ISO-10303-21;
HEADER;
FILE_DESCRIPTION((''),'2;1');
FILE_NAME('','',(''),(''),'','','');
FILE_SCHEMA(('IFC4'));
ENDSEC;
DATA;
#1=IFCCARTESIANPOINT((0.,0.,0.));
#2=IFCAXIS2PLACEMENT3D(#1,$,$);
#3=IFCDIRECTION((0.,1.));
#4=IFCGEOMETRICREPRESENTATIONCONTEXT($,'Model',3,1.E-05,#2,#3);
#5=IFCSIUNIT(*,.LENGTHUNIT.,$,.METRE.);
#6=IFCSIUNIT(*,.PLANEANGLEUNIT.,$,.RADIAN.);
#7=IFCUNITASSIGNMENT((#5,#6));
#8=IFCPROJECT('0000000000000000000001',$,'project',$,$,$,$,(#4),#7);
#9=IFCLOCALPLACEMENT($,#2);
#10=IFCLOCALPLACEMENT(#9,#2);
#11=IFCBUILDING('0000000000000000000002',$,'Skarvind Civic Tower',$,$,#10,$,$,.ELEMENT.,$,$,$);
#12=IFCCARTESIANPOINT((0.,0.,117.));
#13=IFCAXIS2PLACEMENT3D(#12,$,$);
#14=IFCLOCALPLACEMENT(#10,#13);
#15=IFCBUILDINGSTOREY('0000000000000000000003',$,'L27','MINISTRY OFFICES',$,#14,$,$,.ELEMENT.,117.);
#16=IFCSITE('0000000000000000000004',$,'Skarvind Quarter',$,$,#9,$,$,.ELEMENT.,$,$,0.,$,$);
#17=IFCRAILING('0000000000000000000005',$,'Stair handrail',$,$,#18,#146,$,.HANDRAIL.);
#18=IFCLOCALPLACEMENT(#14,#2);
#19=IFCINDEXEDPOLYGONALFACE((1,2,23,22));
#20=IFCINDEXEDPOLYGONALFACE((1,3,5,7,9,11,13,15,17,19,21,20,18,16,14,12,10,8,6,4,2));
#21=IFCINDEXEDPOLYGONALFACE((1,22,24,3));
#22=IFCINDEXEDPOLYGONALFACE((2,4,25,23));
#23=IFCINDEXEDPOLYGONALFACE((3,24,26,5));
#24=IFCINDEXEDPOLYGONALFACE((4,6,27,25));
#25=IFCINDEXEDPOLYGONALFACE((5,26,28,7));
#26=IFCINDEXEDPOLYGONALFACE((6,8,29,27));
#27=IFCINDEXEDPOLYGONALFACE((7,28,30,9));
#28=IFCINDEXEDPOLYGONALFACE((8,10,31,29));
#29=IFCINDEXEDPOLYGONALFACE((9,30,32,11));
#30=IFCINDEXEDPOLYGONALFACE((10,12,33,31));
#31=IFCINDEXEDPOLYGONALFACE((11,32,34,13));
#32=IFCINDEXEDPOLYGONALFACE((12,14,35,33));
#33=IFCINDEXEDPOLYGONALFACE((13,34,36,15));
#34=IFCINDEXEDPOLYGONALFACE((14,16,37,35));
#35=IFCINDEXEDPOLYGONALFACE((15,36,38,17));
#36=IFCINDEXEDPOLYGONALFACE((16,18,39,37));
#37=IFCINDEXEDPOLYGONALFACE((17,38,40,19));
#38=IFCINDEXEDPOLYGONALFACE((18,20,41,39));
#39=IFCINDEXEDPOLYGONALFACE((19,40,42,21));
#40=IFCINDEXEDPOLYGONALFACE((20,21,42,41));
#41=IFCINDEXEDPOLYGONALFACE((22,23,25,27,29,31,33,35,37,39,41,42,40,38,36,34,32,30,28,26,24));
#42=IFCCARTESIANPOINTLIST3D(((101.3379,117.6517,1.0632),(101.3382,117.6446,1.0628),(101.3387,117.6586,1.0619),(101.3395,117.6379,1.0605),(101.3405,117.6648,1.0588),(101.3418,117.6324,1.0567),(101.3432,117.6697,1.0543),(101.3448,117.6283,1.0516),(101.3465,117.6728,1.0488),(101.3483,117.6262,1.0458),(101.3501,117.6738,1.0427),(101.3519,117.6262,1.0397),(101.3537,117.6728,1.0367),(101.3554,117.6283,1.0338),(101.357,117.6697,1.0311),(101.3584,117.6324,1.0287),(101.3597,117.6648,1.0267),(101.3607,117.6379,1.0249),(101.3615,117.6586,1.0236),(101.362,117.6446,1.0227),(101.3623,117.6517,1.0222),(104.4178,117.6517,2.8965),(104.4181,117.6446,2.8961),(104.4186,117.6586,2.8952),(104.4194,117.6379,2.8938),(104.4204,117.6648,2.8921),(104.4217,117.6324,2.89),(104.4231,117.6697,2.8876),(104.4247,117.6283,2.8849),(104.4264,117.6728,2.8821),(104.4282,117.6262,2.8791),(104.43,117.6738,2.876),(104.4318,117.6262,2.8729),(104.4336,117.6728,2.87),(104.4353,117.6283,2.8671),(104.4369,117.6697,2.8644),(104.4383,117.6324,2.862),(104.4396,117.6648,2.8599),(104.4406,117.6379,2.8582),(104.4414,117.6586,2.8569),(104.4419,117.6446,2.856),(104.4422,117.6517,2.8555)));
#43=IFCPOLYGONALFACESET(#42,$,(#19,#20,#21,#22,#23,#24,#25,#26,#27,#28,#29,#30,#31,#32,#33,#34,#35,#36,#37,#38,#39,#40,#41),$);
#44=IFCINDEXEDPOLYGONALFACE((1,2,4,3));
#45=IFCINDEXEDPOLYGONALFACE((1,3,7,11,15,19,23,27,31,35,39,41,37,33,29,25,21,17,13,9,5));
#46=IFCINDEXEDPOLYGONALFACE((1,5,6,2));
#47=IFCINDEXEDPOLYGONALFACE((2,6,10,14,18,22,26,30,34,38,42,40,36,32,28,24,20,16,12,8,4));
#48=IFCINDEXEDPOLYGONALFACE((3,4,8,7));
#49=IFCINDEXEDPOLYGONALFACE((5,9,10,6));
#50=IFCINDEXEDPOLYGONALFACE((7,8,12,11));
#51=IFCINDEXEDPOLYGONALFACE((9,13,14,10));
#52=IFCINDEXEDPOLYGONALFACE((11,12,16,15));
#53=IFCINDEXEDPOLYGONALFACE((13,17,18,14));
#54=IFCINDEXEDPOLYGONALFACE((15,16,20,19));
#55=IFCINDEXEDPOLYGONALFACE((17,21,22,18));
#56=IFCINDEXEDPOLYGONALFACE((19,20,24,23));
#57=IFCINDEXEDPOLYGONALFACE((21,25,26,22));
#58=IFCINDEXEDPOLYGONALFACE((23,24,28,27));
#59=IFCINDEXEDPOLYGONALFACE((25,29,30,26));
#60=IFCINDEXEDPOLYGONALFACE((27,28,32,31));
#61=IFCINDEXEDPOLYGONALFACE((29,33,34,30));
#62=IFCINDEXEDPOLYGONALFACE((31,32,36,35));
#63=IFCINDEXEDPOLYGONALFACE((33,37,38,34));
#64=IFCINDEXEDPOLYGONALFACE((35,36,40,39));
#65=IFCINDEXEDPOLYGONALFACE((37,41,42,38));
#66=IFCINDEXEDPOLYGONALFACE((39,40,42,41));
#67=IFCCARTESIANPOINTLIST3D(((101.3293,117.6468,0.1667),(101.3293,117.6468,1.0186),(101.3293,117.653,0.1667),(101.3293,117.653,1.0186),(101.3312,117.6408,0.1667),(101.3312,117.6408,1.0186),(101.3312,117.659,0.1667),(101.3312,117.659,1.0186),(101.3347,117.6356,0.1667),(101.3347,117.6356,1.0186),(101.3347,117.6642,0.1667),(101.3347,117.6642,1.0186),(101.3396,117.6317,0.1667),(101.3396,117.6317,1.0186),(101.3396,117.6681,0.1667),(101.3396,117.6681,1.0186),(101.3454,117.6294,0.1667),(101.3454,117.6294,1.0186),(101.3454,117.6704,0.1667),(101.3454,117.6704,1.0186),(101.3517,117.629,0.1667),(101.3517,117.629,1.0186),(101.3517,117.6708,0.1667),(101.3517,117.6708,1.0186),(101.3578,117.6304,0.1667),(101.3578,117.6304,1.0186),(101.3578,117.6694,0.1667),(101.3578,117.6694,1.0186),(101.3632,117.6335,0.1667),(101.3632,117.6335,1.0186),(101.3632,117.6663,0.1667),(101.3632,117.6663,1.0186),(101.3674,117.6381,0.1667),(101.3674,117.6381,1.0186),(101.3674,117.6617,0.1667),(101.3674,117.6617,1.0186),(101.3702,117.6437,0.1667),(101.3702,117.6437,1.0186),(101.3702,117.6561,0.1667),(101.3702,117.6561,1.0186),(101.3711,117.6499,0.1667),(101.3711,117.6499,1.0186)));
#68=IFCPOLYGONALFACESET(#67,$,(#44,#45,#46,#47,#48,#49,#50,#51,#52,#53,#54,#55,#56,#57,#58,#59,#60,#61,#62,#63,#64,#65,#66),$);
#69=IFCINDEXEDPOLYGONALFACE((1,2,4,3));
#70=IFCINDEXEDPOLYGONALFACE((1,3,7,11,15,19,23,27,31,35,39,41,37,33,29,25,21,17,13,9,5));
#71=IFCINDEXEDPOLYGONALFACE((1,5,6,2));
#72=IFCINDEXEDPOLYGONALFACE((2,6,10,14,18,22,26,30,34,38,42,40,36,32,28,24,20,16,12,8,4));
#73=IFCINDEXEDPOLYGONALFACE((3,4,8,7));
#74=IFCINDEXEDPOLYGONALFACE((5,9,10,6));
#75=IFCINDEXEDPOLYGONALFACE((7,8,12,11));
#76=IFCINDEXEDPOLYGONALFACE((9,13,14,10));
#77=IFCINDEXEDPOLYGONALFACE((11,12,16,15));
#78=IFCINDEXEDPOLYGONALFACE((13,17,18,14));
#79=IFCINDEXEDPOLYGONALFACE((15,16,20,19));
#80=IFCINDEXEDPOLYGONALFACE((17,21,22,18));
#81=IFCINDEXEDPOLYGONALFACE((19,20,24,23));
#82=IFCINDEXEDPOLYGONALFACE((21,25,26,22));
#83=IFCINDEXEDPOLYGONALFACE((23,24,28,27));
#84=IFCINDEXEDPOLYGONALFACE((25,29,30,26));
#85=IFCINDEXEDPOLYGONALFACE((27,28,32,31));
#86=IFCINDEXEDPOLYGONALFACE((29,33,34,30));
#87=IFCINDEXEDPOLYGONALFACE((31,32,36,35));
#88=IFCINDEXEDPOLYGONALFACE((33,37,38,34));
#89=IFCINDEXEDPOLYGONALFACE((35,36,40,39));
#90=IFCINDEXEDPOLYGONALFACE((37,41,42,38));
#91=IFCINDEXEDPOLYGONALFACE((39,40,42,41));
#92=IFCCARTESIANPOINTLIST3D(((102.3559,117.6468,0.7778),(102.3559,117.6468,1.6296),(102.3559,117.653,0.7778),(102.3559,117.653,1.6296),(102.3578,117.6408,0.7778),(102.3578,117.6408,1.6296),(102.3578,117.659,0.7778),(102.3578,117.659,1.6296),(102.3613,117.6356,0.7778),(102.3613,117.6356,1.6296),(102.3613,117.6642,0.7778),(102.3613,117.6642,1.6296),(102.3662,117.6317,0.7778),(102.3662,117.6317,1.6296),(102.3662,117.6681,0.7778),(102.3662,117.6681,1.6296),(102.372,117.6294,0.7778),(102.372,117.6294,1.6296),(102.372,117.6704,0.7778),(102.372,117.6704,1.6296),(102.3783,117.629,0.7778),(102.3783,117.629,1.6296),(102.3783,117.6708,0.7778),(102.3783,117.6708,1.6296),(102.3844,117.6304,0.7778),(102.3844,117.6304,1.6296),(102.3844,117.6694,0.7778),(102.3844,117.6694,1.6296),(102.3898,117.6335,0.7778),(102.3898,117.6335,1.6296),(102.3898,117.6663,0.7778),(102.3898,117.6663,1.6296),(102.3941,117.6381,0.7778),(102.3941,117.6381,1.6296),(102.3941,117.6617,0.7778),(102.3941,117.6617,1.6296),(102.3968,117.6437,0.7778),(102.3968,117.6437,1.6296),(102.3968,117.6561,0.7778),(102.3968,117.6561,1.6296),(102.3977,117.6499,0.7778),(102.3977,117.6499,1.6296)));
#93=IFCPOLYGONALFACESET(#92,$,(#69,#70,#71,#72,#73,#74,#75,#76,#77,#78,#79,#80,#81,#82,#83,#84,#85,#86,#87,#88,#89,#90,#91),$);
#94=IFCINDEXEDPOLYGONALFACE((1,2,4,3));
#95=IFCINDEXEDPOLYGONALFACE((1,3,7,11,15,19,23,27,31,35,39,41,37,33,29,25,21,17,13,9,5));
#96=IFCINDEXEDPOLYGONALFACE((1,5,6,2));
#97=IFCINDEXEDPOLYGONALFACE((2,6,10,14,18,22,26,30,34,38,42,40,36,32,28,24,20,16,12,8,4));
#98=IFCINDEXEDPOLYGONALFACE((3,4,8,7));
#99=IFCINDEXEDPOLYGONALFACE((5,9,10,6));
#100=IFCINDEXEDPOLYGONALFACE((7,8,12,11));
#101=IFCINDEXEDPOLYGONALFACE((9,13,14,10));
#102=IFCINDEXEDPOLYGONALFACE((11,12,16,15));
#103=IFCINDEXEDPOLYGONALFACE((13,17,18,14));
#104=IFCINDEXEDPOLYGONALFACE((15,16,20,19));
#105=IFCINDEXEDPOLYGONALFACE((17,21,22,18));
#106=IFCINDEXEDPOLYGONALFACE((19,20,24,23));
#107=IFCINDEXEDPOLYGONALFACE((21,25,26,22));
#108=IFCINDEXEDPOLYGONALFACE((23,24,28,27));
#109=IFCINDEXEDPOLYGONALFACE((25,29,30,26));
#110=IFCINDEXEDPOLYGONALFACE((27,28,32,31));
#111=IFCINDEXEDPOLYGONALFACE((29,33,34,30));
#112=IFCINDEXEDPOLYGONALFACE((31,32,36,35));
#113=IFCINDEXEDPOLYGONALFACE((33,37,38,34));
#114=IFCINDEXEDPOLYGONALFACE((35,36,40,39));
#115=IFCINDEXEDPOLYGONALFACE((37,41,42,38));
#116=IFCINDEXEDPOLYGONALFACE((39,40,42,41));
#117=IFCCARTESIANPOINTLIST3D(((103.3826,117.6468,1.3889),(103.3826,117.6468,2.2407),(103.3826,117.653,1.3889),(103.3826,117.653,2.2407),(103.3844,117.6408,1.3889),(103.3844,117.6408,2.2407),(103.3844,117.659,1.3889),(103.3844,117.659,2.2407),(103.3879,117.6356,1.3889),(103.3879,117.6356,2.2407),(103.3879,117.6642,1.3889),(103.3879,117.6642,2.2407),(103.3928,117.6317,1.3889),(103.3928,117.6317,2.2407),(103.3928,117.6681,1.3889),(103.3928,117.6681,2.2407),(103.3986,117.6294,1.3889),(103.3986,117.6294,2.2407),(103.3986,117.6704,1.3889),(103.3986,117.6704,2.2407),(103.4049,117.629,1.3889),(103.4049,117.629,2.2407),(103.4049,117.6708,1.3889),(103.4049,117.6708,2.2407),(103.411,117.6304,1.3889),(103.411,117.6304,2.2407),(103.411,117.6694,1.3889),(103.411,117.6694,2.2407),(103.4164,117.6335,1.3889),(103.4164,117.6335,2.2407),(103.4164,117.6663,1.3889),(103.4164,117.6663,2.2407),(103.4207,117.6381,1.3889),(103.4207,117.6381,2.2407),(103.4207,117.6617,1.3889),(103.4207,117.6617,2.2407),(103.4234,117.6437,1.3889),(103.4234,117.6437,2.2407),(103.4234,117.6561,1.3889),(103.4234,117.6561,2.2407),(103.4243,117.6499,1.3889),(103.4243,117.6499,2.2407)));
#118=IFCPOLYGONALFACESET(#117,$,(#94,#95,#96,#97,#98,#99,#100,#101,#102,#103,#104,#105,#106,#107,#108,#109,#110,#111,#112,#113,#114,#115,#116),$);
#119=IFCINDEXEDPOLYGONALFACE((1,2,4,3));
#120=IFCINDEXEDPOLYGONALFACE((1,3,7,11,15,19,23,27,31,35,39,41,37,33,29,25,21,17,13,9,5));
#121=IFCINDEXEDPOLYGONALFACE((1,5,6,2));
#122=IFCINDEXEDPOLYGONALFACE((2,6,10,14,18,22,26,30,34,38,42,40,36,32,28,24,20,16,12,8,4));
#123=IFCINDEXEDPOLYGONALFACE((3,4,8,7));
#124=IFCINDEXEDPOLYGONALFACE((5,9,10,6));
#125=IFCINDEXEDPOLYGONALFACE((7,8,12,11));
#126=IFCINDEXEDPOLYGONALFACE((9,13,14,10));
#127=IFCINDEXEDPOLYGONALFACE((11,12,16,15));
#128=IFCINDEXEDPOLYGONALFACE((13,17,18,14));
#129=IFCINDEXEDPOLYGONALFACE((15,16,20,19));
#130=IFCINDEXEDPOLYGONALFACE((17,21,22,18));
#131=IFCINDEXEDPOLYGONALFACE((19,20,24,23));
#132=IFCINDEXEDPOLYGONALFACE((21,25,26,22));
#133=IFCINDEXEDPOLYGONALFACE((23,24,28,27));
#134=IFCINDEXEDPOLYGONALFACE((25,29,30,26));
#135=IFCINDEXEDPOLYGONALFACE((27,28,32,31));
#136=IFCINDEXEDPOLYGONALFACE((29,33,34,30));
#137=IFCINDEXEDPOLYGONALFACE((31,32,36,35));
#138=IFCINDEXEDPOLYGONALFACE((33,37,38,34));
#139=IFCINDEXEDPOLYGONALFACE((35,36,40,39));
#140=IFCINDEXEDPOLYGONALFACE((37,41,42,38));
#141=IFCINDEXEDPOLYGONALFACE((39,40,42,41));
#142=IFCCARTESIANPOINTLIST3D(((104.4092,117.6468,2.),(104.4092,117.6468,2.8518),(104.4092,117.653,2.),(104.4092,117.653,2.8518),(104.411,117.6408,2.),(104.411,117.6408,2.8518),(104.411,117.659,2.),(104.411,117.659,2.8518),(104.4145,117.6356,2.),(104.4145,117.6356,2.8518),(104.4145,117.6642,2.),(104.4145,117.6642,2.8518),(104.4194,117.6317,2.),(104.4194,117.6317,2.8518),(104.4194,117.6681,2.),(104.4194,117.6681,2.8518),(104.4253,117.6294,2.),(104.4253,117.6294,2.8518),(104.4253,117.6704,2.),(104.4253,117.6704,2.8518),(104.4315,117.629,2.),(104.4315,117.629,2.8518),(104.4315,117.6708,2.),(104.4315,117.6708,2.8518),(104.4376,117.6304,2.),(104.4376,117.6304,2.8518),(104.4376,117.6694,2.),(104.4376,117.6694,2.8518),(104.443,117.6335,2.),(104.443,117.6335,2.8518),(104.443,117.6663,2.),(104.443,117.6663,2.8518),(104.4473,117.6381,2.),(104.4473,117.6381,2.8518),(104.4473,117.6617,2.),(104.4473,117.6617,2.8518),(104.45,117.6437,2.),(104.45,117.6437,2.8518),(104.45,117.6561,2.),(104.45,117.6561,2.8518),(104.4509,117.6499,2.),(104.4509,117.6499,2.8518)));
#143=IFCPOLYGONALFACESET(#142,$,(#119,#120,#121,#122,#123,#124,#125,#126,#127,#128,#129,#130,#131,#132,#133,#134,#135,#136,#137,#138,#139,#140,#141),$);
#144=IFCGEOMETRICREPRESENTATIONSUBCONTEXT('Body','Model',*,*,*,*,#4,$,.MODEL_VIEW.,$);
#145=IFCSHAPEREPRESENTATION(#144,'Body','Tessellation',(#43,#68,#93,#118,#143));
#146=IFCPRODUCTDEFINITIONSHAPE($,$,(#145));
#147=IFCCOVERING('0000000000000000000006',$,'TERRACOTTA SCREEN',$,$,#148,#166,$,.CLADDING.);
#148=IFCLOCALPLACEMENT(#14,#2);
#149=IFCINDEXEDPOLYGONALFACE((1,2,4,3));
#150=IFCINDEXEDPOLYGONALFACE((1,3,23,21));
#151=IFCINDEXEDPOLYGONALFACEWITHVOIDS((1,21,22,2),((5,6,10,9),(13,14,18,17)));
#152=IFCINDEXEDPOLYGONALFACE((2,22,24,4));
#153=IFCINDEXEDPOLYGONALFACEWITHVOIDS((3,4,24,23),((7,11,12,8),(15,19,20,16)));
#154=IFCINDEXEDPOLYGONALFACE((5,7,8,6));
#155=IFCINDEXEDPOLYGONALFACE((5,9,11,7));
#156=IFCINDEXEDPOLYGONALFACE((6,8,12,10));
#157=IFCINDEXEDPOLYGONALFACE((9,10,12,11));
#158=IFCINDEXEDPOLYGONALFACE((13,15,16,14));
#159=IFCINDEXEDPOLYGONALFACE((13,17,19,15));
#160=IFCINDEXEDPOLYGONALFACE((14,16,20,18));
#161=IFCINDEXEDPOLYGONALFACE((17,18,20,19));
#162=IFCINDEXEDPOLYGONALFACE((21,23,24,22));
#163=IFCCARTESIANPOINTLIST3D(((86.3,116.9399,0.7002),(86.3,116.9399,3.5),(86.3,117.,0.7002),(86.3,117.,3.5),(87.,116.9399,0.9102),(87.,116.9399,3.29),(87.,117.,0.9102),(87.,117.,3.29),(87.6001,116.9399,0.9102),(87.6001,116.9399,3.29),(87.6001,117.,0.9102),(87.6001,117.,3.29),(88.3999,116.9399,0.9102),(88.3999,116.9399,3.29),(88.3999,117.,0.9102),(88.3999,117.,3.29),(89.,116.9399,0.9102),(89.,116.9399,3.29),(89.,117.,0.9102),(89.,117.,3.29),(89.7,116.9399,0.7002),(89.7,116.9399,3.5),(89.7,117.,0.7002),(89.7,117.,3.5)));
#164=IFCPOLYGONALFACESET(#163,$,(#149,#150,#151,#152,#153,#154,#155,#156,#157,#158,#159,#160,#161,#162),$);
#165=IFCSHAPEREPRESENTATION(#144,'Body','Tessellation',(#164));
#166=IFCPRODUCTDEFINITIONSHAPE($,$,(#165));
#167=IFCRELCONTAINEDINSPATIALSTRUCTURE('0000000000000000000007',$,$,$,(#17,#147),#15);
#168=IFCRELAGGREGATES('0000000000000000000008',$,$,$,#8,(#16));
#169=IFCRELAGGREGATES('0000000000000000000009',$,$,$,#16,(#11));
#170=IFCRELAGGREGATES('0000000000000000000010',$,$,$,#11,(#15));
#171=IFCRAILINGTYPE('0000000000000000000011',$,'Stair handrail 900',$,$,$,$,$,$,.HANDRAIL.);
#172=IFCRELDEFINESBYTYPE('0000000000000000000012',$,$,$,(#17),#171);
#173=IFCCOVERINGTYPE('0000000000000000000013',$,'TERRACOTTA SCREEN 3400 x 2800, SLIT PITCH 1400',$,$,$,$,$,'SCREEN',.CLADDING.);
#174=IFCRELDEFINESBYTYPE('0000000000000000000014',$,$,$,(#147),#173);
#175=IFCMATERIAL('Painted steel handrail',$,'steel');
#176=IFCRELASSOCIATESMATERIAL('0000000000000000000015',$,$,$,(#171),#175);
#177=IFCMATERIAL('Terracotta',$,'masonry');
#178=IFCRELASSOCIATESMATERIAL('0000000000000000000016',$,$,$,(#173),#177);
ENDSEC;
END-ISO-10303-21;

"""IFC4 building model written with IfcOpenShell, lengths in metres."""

from ifc_helpers import new_model, si_unit, direction, frame, origin, origin_2d, place, context, subcontext, project, spatial, polyline, circle, outline, extrude, material, material_profile, profile_set, type_object, element, save


model = new_model("IFC4")

# Units and contexts
model_context = context("Model", 3, precision=1e-05, world=origin(), true_north=direction((0.0, 1.0)))
body_context = subcontext(model_context, "Body", "Model", "MODEL_VIEW")
ifc_project = project(units=[si_unit("LENGTHUNIT", "METRE"), si_unit("PLANEANGLEUNIT", "RADIAN")], contexts=[model_context])

# Site, building, storey
site_placement = place(None, origin())
site = spatial("IfcSite", under=ifc_project, at=site_placement, Name="Skarvind Quarter", CompositionType="ELEMENT", RefElevation=0.0)
building_placement = place(site_placement, origin())
building = spatial("IfcBuilding", under=site, at=building_placement, Name="Skarvind Civic Tower", CompositionType="ELEMENT")
storey_placement = place(building_placement, frame((0.0, 0.0, 117.0)))
storey = spatial("IfcBuildingStorey", under=building, at=storey_placement, Name="L27", Description="MINISTRY OFFICES", CompositionType="ELEMENT", Elevation=117.0)

# Railing
ifc_material_1 = material(Name="Painted steel handrail", Category="steel")
railing_type = type_object("IfcRailingType", Name="Stair handrail 900", PredefinedType="HANDRAIL", material=ifc_material_1)
railing_placement = place(storey_placement, frame((101.3501, 117.6499, 0.1667)))
element("IfcRailing", 1, at=railing_placement, inside=storey, type_object=railing_type, Name="Stair handrail", PredefinedType="HANDRAIL", context=body_context, shape_type="SweptSolid", body=[
    extrude(circle(Radius=0.0239, at=origin_2d()), frame((0.0, 0.0, 0.876), z_axis=(0.859291, 0.0, 0.511487), x_axis=(0.0, 1.0, 0.0)), (0.0, 0.0, 1.0), 3.5842),
    extrude(circle(Radius=0.021, at=origin_2d()), origin(), (0.0, 0.0, 1.0), 0.8518),
    extrude(circle(Radius=0.021, at=origin_2d()), frame((1.0266, 0.0, 0.6111)), (0.0, 0.0, 1.0), 0.8518),
    extrude(circle(Radius=0.021, at=origin_2d()), frame((2.0532, 0.0, 1.2222)), (0.0, 0.0, 1.0), 0.8518),
    extrude(circle(Radius=0.021, at=origin_2d()), frame((3.0798, 0.0, 1.8333)), (0.0, 0.0, 1.0), 0.8518),
])

# Covering
ifc_material_2 = material(Name="Terracotta", Category="masonry")
ifc_material_profile_1 = material_profile(ifc_material_2, outline(polyline([(-1.7, -1.3999), (1.7, -1.3999), (1.7, 1.3999), (-1.7, 1.3999), (-1.7, -1.3999)]), holes=[polyline([(-1.0, -1.1899), (-0.3999, -1.1899), (-0.3999, 1.1899), (-1.0, 1.1899), (-1.0, -1.1899)]), polyline([(0.3999, -1.1899), (1.0, -1.1899), (1.0, 1.1899), (0.3999, 1.1899), (0.3999, -1.1899)])]), Name="TERRACOTTA SCREEN 3400 x 2800, SLIT PITCH 1400")
ifc_profile_set_1 = profile_set([ifc_material_profile_1], Name="Terracotta")
covering_type = type_object("IfcCoveringType", Name="TERRACOTTA SCREEN 3400 x 2800, SLIT PITCH 1400", ElementType="SCREEN", PredefinedType="CLADDING", material=ifc_profile_set_1)
covering_placement = place(storey_placement, frame((88.0, 117.0, 2.1001), z_axis=(0.0, -1.0, 0.0), x_axis=(1.0, 0.0, 0.0)))
element("IfcCovering", 2, at=covering_placement, inside=storey, type_object=covering_type, Name="TERRACOTTA SCREEN", PredefinedType="CLADDING", context=body_context, shape_type="SweptSolid", body=[
    extrude(outline(polyline([(-1.7, -1.3999), (1.7, -1.3999), (1.7, 1.3999), (-1.7, 1.3999), (-1.7, -1.3999)]), holes=[polyline([(-1.0, -1.1899), (-0.3999, -1.1899), (-0.3999, 1.1899), (-1.0, 1.1899), (-1.0, -1.1899)]), polyline([(0.3999, -1.1899), (1.0, -1.1899), (1.0, 1.1899), (0.3999, 1.1899), (0.3999, -1.1899)])]), origin(), (0.0, 0.0, 1.0), 0.0601),
])

save(model, "model.ifc")
